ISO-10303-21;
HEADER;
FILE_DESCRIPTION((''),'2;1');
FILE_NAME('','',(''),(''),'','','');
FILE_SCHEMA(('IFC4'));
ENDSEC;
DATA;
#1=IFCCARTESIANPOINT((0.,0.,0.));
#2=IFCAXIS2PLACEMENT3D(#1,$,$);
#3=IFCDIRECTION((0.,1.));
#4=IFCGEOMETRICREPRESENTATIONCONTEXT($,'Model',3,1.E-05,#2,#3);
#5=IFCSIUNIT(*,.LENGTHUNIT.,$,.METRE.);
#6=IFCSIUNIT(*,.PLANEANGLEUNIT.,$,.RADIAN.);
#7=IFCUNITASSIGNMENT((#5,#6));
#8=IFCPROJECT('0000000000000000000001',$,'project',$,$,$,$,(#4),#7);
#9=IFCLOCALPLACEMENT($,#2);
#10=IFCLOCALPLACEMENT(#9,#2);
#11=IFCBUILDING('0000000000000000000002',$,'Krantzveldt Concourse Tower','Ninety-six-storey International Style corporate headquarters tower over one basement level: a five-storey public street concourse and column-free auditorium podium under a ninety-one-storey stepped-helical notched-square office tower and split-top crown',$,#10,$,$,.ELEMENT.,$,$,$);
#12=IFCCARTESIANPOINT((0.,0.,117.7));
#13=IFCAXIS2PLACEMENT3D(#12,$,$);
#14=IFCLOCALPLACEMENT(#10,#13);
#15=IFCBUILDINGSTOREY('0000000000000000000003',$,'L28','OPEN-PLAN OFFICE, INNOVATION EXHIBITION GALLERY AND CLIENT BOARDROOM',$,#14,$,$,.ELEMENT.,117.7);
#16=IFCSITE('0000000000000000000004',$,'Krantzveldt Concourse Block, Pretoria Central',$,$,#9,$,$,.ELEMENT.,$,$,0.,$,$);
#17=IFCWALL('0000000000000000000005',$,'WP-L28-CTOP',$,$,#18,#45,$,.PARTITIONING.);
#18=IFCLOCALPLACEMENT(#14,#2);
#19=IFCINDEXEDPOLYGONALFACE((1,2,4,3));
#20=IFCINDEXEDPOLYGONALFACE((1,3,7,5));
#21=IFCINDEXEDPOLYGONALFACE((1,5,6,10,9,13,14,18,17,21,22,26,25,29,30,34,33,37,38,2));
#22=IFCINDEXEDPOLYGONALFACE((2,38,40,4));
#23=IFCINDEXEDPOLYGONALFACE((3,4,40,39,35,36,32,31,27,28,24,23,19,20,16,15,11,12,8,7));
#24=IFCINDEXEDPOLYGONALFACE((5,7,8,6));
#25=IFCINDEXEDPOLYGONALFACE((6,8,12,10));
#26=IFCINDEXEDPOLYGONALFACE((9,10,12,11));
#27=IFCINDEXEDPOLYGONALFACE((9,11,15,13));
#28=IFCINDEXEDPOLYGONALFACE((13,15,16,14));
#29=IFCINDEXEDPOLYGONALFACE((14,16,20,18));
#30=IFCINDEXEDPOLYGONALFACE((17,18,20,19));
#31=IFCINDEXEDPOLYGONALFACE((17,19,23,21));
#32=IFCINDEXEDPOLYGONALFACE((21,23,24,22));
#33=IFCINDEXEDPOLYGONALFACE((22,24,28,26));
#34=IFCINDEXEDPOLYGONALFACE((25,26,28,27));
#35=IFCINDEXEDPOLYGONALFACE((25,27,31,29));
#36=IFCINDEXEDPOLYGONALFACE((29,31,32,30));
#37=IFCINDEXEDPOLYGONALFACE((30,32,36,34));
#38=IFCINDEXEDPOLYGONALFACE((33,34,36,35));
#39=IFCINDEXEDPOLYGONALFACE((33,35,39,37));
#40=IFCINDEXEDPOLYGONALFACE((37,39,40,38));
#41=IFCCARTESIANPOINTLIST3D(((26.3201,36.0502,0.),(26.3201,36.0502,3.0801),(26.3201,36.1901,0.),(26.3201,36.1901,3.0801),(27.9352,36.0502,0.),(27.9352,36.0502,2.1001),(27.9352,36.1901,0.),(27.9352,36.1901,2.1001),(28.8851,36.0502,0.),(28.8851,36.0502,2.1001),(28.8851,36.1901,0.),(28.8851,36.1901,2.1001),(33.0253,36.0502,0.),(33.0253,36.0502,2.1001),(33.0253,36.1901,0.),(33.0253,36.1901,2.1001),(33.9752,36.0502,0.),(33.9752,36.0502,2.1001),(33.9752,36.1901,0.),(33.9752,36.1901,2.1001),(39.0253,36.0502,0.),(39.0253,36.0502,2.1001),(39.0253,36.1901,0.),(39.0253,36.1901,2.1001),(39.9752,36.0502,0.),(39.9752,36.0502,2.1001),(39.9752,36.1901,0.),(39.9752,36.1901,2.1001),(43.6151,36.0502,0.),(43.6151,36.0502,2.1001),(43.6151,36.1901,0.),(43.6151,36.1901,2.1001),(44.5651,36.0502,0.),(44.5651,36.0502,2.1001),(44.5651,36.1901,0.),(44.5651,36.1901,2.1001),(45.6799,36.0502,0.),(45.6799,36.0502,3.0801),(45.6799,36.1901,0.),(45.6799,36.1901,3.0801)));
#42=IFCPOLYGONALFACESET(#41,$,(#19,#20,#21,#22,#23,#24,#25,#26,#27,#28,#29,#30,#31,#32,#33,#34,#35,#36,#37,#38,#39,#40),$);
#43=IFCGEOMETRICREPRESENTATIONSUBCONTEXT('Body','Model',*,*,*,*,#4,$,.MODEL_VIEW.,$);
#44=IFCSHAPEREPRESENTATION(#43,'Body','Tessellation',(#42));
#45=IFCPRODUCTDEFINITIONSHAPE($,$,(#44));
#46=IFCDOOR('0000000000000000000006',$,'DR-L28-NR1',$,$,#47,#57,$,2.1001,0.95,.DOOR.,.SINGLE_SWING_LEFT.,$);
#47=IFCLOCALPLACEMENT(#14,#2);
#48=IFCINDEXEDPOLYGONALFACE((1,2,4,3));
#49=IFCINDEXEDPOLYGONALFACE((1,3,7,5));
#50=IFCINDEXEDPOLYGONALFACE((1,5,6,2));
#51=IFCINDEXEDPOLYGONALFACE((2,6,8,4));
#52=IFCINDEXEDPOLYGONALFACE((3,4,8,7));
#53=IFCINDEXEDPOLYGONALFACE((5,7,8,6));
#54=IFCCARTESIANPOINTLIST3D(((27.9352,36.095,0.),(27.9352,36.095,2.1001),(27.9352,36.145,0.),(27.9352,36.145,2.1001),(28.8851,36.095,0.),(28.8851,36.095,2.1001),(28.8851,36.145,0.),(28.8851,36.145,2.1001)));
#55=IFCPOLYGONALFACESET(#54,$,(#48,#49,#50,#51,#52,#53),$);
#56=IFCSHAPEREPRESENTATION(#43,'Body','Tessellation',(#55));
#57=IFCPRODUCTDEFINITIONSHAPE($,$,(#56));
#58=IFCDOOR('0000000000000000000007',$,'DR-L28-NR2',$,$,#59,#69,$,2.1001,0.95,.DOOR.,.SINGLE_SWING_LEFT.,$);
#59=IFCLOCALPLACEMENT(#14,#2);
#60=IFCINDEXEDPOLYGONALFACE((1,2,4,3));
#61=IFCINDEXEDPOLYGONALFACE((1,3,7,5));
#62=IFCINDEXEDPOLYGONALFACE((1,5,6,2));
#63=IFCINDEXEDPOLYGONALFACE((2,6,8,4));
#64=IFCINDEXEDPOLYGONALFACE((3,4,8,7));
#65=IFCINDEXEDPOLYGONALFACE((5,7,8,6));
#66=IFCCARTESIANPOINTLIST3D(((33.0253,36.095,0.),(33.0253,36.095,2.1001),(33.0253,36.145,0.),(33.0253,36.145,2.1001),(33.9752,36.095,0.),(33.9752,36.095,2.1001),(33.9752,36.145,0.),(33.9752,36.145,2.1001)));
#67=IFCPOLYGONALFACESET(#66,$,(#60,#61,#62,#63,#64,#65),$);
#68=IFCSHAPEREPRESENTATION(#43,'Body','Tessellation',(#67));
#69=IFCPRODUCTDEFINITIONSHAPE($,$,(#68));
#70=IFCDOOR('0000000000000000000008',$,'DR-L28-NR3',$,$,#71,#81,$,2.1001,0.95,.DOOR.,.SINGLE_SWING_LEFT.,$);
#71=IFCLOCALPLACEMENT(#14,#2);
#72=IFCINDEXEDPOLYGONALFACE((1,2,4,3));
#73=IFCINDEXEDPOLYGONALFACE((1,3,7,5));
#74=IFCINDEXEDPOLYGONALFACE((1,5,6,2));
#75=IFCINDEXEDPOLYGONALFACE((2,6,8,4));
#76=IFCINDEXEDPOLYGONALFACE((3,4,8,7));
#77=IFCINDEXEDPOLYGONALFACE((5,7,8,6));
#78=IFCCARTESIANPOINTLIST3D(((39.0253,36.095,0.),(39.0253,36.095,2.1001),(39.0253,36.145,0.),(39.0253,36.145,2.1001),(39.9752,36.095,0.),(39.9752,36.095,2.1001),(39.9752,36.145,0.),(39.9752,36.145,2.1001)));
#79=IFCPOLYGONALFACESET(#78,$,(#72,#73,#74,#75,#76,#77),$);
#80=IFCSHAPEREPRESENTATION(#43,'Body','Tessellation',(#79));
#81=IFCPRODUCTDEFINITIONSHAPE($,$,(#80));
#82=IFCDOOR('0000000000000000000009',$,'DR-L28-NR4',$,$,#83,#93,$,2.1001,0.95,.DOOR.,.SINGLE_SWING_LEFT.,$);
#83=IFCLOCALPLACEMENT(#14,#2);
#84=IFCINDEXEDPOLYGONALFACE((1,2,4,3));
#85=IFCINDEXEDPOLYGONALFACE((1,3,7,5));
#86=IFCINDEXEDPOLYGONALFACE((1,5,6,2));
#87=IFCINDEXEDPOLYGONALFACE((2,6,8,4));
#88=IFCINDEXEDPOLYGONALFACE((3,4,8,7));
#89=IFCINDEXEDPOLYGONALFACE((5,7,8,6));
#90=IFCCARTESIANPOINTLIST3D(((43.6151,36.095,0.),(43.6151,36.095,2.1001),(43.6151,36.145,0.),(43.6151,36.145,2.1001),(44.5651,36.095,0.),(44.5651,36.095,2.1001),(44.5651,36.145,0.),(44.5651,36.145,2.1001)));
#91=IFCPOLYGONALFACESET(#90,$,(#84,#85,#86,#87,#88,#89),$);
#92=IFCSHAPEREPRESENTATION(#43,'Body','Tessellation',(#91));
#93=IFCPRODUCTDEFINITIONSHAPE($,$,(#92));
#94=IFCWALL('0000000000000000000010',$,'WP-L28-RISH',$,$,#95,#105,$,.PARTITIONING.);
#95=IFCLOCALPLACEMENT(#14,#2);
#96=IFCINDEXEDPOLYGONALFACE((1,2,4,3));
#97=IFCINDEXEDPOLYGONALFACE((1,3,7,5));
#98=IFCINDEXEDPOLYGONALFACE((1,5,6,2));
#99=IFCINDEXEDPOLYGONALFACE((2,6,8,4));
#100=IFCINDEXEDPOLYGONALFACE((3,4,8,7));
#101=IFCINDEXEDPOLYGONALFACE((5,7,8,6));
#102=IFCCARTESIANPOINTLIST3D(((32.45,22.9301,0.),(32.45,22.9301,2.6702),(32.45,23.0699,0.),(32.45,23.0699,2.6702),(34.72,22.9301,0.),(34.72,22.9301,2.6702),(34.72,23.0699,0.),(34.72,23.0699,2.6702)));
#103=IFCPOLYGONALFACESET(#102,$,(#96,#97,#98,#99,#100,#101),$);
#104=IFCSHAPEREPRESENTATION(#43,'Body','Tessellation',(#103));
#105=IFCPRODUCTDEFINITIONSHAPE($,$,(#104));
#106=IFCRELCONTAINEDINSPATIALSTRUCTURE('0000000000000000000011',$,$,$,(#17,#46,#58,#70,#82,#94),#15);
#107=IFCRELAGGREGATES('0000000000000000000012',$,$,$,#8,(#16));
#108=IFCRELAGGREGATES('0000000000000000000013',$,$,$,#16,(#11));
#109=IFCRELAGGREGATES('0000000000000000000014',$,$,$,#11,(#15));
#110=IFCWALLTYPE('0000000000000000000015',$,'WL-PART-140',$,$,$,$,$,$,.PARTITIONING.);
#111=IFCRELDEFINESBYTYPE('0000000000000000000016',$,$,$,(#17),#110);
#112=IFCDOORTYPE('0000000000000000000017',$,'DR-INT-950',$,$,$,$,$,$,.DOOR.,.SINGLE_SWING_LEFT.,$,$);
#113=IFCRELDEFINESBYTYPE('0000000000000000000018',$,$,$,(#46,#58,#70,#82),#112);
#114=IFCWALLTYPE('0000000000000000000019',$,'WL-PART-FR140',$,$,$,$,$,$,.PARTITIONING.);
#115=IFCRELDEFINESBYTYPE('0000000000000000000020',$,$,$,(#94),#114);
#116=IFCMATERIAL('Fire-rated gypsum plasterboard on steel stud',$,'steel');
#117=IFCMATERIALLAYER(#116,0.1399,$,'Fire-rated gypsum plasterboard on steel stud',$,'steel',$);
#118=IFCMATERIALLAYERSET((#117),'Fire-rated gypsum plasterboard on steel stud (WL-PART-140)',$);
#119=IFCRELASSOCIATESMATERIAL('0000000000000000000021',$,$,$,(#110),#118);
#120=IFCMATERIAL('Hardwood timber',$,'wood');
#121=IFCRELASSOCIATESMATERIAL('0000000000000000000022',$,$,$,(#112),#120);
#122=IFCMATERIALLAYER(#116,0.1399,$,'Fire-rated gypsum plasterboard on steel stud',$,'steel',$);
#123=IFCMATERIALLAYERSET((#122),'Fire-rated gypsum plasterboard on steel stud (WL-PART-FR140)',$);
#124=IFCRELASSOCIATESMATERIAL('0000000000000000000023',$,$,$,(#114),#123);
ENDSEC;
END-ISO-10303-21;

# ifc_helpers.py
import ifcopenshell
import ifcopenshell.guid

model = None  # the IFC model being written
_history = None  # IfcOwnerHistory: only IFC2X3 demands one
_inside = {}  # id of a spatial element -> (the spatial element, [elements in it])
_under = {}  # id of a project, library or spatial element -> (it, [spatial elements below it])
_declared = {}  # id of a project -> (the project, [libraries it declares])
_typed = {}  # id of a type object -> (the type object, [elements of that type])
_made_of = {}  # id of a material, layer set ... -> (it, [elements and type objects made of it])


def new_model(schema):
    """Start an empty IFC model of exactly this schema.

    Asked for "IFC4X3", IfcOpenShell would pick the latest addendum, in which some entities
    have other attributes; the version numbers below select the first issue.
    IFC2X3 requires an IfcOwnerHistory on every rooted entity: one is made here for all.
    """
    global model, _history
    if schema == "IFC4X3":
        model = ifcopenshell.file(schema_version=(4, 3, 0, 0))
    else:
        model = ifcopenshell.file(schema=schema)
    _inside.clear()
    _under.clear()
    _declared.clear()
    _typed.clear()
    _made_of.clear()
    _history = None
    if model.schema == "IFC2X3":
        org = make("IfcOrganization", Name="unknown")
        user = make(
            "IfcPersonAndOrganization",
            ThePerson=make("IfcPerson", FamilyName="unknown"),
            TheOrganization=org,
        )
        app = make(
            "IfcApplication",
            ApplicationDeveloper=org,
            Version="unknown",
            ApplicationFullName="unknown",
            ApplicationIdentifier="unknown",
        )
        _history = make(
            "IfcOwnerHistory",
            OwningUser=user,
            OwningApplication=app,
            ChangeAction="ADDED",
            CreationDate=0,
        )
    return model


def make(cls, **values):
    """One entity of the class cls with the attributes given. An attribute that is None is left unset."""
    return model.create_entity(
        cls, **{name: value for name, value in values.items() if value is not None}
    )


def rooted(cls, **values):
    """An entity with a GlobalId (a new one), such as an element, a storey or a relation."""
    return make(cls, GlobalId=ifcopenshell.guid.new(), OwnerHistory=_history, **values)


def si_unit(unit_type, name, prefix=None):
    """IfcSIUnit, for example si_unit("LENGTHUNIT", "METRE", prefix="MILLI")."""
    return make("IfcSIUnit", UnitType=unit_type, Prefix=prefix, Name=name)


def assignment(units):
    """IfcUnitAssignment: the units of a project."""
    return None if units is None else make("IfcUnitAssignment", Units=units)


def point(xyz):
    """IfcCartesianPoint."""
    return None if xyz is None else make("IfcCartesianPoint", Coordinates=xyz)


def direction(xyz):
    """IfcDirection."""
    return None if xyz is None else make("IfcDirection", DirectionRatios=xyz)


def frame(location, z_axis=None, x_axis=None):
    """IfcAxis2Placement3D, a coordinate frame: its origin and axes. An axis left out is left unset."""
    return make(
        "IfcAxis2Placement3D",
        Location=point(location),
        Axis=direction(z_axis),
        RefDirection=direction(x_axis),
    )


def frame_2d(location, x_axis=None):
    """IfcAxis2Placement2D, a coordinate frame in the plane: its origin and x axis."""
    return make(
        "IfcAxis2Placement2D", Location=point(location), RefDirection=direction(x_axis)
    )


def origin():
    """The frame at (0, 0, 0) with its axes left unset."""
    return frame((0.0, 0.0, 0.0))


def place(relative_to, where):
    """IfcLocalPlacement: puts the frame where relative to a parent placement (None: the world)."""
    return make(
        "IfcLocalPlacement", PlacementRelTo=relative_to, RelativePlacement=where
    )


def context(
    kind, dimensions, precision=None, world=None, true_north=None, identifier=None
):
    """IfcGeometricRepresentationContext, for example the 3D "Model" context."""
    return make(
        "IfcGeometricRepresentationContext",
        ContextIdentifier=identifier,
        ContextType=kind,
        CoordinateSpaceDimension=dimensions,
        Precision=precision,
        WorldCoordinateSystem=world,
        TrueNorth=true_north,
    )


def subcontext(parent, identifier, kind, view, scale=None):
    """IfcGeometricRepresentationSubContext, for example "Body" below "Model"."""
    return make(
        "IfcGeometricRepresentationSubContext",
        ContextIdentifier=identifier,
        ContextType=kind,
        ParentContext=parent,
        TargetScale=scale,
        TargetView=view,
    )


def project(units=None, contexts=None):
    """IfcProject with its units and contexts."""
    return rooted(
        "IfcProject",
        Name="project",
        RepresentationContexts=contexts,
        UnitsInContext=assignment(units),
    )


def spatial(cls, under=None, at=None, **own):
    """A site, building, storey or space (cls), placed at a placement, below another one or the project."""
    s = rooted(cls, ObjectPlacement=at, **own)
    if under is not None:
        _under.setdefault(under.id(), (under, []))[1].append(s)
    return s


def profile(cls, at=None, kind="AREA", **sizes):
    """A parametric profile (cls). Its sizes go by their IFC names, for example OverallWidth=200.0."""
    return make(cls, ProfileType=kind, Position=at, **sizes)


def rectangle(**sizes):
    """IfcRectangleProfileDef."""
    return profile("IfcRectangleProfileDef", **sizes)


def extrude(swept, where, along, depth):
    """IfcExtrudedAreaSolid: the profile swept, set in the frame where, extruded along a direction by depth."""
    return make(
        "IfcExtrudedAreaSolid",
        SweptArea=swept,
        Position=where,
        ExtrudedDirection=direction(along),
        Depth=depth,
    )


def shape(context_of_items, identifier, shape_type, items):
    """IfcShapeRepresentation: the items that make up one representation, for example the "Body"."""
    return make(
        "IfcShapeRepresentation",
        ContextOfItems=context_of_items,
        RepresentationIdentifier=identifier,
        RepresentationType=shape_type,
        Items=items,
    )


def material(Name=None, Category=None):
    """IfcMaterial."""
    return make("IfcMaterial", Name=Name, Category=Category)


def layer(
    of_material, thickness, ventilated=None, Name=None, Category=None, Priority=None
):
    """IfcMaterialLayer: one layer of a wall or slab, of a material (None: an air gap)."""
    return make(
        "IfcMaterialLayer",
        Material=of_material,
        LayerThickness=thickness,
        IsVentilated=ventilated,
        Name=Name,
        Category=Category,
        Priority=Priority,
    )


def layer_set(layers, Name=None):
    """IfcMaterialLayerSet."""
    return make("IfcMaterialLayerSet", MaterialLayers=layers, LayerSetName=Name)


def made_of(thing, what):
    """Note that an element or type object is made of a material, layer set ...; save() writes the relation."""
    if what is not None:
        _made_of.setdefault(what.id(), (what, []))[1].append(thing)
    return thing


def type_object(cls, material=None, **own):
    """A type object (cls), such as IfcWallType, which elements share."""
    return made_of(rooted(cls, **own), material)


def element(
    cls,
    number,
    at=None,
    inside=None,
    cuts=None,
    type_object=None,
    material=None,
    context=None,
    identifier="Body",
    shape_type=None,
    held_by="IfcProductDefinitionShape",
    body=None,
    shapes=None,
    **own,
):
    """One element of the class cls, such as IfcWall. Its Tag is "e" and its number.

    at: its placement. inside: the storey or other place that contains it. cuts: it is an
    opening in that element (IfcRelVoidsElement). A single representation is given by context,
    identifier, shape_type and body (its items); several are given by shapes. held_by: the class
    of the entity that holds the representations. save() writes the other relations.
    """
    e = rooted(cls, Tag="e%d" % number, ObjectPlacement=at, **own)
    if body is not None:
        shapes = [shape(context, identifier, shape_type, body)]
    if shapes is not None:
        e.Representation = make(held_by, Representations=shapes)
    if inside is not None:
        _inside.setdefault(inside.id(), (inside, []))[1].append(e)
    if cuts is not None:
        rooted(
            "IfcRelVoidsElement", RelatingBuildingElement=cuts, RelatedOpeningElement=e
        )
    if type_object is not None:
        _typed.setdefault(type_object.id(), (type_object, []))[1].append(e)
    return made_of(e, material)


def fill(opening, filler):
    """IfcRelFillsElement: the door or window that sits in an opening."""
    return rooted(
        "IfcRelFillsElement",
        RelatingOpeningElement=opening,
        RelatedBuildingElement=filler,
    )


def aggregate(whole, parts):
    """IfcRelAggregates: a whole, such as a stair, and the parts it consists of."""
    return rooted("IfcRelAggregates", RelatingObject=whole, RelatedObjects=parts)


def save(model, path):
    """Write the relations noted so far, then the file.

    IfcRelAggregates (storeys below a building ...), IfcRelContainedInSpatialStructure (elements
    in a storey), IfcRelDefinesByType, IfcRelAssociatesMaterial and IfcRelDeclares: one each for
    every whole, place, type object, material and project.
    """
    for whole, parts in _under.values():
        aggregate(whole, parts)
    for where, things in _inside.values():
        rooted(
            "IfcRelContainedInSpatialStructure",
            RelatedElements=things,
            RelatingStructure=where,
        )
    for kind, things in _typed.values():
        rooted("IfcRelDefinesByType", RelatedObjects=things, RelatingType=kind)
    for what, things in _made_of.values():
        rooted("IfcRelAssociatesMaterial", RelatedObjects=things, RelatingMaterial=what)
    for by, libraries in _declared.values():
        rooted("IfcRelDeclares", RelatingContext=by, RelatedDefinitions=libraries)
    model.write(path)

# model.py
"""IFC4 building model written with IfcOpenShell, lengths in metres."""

from ifc_helpers import new_model, si_unit, direction, frame, frame_2d, origin, place, context, subcontext, project, spatial, rectangle, extrude, material, layer, layer_set, type_object, element, fill, save


model = new_model("IFC4")

# Units and contexts
model_context = context("Model", 3, precision=1e-05, world=origin(), true_north=direction((0.0, 1.0)))
body_context = subcontext(model_context, "Body", "Model", "MODEL_VIEW")
ifc_project = project(units=[si_unit("LENGTHUNIT", "METRE"), si_unit("PLANEANGLEUNIT", "RADIAN")], contexts=[model_context])

# Site, building, storey
site_placement = place(None, origin())
site = spatial("IfcSite", under=ifc_project, at=site_placement, Name="Krantzveldt Concourse Block, Pretoria Central", CompositionType="ELEMENT", RefElevation=0.0)
building_placement = place(site_placement, origin())
building = spatial("IfcBuilding", under=site, at=building_placement, Name="Krantzveldt Concourse Tower", Description="Ninety-six-storey International Style corporate headquarters tower over one basement level: a five-storey public street concourse and column-free auditorium podium under a ninety-one-storey stepped-helical notched-square office tower and split-top crown", CompositionType="ELEMENT")
storey_placement = place(building_placement, frame((0.0, 0.0, 117.7)))
storey = spatial("IfcBuildingStorey", under=building, at=storey_placement, Name="L28", Description="OPEN-PLAN OFFICE, INNOVATION EXHIBITION GALLERY AND CLIENT BOARDROOM", CompositionType="ELEMENT", Elevation=117.7)

# Shared definitions
ifc_material_1 = material(Name="Fire-rated gypsum plasterboard on steel stud", Category="steel")

# Shared definitions
ifc_layer_1 = layer(ifc_material_1, 0.1399, Name="Fire-rated gypsum plasterboard on steel stud", Category="steel")
ifc_layer_set_1 = layer_set([ifc_layer_1], Name="Fire-rated gypsum plasterboard on steel stud (WL-PART-140)")
wall_type_1 = type_object("IfcWallType", Name="WL-PART-140", PredefinedType="PARTITIONING", material=ifc_layer_set_1)
ifc_material_2 = material(Name="Hardwood timber", Category="wood")

# Shared definitions
door_type_1 = type_object("IfcDoorType", Name="DR-INT-950", OperationType="SINGLE_SWING_LEFT", PredefinedType="DOOR", material=ifc_material_2)

# Wall, openings, doors
wall_1_placement = place(storey_placement, frame((26.3201, 36.1201, 0.0), z_axis=(0.0, 0.0, 1.0), x_axis=(1.0, 0.0, 0.0)))
wall_1 = element("IfcWall", 1, at=wall_1_placement, inside=storey, type_object=wall_type_1, Name="WP-L28-CTOP", PredefinedType="PARTITIONING", context=body_context, shape_type="SweptSolid", body=[
    extrude(rectangle(XDim=19.3599, YDim=0.1399, at=frame_2d((9.6799, 0.0))), origin(), (0.0, 0.0, 1.0), 3.0801),
])
opening_1_placement = place(wall_1_placement, frame((1.615, 0.0, 0.0)))
opening_1 = element("IfcOpeningElement", 2, at=opening_1_placement, cuts=wall_1, PredefinedType="OPENING", context=body_context, shape_type="SweptSolid", body=[
    extrude(rectangle(XDim=0.95, YDim=2.1001, at=frame_2d((0.4751, 1.05))), frame((0.0, 0.0801, 0.0), z_axis=(0.0, -1.0, 0.0), x_axis=(1.0, 0.0, 0.0)), (0.0, 0.0, 1.0), 0.1599),
])
opening_2_placement = place(wall_1_placement, frame((6.7051, 0.0, 0.0)))
opening_2 = element("IfcOpeningElement", 3, at=opening_2_placement, cuts=wall_1, PredefinedType="OPENING", context=body_context, shape_type="SweptSolid", body=[
    extrude(rectangle(XDim=0.95, YDim=2.1001, at=frame_2d((0.4751, 1.05))), frame((0.0, 0.0801, 0.0), z_axis=(0.0, -1.0, 0.0), x_axis=(1.0, 0.0, 0.0)), (0.0, 0.0, 1.0), 0.1599),
])
opening_3_placement = place(wall_1_placement, frame((12.7051, 0.0, 0.0)))
opening_3 = element("IfcOpeningElement", 4, at=opening_3_placement, cuts=wall_1, PredefinedType="OPENING", context=body_context, shape_type="SweptSolid", body=[
    extrude(rectangle(XDim=0.95, YDim=2.1001, at=frame_2d((0.4751, 1.05))), frame((0.0, 0.0801, 0.0), z_axis=(0.0, -1.0, 0.0), x_axis=(1.0, 0.0, 0.0)), (0.0, 0.0, 1.0), 0.1599),
])
opening_4_placement = place(wall_1_placement, frame((17.2949, 0.0, 0.0)))
opening_4 = element("IfcOpeningElement", 5, at=opening_4_placement, cuts=wall_1, PredefinedType="OPENING", context=body_context, shape_type="SweptSolid", body=[
    extrude(rectangle(XDim=0.95, YDim=2.1001, at=frame_2d((0.4751, 1.05))), frame((0.0, 0.0801, 0.0), z_axis=(0.0, -1.0, 0.0), x_axis=(1.0, 0.0, 0.0)), (0.0, 0.0, 1.0), 0.1599),
])
door_1_placement = place(opening_1_placement, origin())
door_1 = element("IfcDoor", 6, at=door_1_placement, inside=storey, type_object=door_type_1, Name="DR-L28-NR1", OperationType="SINGLE_SWING_LEFT", OverallHeight=2.1001, OverallWidth=0.95, PredefinedType="DOOR", context=body_context, shape_type="SweptSolid", body=[
    extrude(rectangle(XDim=0.95, YDim=2.1001, at=frame_2d((0.4751, 1.05))), frame((0.0, 0.0249, 0.0), z_axis=(0.0, -1.0, 0.0), x_axis=(1.0, 0.0, 0.0)), (0.0, 0.0, 1.0), 0.05),
])
fill(opening_1, door_1)
door_2_placement = place(opening_2_placement, origin())
door_2 = element("IfcDoor", 7, at=door_2_placement, inside=storey, type_object=door_type_1, Name="DR-L28-NR2", OperationType="SINGLE_SWING_LEFT", OverallHeight=2.1001, OverallWidth=0.95, PredefinedType="DOOR", context=body_context, shape_type="SweptSolid", body=[
    extrude(rectangle(XDim=0.95, YDim=2.1001, at=frame_2d((0.4751, 1.05))), frame((0.0, 0.0249, 0.0), z_axis=(0.0, -1.0, 0.0), x_axis=(1.0, 0.0, 0.0)), (0.0, 0.0, 1.0), 0.05),
])
fill(opening_2, door_2)
door_3_placement = place(opening_3_placement, origin())
door_3 = element("IfcDoor", 8, at=door_3_placement, inside=storey, type_object=door_type_1, Name="DR-L28-NR3", OperationType="SINGLE_SWING_LEFT", OverallHeight=2.1001, OverallWidth=0.95, PredefinedType="DOOR", context=body_context, shape_type="SweptSolid", body=[
    extrude(rectangle(XDim=0.95, YDim=2.1001, at=frame_2d((0.4751, 1.05))), frame((0.0, 0.0249, 0.0), z_axis=(0.0, -1.0, 0.0), x_axis=(1.0, 0.0, 0.0)), (0.0, 0.0, 1.0), 0.05),
])
fill(opening_3, door_3)
door_4_placement = place(opening_4_placement, origin())
door_4 = element("IfcDoor", 9, at=door_4_placement, inside=storey, type_object=door_type_1, Name="DR-L28-NR4", OperationType="SINGLE_SWING_LEFT", OverallHeight=2.1001, OverallWidth=0.95, PredefinedType="DOOR", context=body_context, shape_type="SweptSolid", body=[
    extrude(rectangle(XDim=0.95, YDim=2.1001, at=frame_2d((0.4751, 1.05))), frame((0.0, 0.0249, 0.0), z_axis=(0.0, -1.0, 0.0), x_axis=(1.0, 0.0, 0.0)), (0.0, 0.0, 1.0), 0.05),
])
fill(opening_4, door_4)

# Wall
ifc_layer_2 = layer(ifc_material_1, 0.1399, Name="Fire-rated gypsum plasterboard on steel stud", Category="steel")
ifc_layer_set_2 = layer_set([ifc_layer_2], Name="Fire-rated gypsum plasterboard on steel stud (WL-PART-FR140)")
wall_type_2 = type_object("IfcWallType", Name="WL-PART-FR140", PredefinedType="PARTITIONING", material=ifc_layer_set_2)
wall_2_placement = place(storey_placement, frame((32.45, 23.0, 0.0), z_axis=(0.0, 0.0, 1.0), x_axis=(1.0, 0.0, 0.0)))
element("IfcWall", 10, at=wall_2_placement, inside=storey, type_object=wall_type_2, Name="WP-L28-RISH", PredefinedType="PARTITIONING", context=body_context, shape_type="SweptSolid", body=[
    extrude(rectangle(XDim=2.27, YDim=0.1399, at=frame_2d((1.135, 0.0))), origin(), (0.0, 0.0, 1.0), 2.6702),
])

save(model, "model.ifc")
